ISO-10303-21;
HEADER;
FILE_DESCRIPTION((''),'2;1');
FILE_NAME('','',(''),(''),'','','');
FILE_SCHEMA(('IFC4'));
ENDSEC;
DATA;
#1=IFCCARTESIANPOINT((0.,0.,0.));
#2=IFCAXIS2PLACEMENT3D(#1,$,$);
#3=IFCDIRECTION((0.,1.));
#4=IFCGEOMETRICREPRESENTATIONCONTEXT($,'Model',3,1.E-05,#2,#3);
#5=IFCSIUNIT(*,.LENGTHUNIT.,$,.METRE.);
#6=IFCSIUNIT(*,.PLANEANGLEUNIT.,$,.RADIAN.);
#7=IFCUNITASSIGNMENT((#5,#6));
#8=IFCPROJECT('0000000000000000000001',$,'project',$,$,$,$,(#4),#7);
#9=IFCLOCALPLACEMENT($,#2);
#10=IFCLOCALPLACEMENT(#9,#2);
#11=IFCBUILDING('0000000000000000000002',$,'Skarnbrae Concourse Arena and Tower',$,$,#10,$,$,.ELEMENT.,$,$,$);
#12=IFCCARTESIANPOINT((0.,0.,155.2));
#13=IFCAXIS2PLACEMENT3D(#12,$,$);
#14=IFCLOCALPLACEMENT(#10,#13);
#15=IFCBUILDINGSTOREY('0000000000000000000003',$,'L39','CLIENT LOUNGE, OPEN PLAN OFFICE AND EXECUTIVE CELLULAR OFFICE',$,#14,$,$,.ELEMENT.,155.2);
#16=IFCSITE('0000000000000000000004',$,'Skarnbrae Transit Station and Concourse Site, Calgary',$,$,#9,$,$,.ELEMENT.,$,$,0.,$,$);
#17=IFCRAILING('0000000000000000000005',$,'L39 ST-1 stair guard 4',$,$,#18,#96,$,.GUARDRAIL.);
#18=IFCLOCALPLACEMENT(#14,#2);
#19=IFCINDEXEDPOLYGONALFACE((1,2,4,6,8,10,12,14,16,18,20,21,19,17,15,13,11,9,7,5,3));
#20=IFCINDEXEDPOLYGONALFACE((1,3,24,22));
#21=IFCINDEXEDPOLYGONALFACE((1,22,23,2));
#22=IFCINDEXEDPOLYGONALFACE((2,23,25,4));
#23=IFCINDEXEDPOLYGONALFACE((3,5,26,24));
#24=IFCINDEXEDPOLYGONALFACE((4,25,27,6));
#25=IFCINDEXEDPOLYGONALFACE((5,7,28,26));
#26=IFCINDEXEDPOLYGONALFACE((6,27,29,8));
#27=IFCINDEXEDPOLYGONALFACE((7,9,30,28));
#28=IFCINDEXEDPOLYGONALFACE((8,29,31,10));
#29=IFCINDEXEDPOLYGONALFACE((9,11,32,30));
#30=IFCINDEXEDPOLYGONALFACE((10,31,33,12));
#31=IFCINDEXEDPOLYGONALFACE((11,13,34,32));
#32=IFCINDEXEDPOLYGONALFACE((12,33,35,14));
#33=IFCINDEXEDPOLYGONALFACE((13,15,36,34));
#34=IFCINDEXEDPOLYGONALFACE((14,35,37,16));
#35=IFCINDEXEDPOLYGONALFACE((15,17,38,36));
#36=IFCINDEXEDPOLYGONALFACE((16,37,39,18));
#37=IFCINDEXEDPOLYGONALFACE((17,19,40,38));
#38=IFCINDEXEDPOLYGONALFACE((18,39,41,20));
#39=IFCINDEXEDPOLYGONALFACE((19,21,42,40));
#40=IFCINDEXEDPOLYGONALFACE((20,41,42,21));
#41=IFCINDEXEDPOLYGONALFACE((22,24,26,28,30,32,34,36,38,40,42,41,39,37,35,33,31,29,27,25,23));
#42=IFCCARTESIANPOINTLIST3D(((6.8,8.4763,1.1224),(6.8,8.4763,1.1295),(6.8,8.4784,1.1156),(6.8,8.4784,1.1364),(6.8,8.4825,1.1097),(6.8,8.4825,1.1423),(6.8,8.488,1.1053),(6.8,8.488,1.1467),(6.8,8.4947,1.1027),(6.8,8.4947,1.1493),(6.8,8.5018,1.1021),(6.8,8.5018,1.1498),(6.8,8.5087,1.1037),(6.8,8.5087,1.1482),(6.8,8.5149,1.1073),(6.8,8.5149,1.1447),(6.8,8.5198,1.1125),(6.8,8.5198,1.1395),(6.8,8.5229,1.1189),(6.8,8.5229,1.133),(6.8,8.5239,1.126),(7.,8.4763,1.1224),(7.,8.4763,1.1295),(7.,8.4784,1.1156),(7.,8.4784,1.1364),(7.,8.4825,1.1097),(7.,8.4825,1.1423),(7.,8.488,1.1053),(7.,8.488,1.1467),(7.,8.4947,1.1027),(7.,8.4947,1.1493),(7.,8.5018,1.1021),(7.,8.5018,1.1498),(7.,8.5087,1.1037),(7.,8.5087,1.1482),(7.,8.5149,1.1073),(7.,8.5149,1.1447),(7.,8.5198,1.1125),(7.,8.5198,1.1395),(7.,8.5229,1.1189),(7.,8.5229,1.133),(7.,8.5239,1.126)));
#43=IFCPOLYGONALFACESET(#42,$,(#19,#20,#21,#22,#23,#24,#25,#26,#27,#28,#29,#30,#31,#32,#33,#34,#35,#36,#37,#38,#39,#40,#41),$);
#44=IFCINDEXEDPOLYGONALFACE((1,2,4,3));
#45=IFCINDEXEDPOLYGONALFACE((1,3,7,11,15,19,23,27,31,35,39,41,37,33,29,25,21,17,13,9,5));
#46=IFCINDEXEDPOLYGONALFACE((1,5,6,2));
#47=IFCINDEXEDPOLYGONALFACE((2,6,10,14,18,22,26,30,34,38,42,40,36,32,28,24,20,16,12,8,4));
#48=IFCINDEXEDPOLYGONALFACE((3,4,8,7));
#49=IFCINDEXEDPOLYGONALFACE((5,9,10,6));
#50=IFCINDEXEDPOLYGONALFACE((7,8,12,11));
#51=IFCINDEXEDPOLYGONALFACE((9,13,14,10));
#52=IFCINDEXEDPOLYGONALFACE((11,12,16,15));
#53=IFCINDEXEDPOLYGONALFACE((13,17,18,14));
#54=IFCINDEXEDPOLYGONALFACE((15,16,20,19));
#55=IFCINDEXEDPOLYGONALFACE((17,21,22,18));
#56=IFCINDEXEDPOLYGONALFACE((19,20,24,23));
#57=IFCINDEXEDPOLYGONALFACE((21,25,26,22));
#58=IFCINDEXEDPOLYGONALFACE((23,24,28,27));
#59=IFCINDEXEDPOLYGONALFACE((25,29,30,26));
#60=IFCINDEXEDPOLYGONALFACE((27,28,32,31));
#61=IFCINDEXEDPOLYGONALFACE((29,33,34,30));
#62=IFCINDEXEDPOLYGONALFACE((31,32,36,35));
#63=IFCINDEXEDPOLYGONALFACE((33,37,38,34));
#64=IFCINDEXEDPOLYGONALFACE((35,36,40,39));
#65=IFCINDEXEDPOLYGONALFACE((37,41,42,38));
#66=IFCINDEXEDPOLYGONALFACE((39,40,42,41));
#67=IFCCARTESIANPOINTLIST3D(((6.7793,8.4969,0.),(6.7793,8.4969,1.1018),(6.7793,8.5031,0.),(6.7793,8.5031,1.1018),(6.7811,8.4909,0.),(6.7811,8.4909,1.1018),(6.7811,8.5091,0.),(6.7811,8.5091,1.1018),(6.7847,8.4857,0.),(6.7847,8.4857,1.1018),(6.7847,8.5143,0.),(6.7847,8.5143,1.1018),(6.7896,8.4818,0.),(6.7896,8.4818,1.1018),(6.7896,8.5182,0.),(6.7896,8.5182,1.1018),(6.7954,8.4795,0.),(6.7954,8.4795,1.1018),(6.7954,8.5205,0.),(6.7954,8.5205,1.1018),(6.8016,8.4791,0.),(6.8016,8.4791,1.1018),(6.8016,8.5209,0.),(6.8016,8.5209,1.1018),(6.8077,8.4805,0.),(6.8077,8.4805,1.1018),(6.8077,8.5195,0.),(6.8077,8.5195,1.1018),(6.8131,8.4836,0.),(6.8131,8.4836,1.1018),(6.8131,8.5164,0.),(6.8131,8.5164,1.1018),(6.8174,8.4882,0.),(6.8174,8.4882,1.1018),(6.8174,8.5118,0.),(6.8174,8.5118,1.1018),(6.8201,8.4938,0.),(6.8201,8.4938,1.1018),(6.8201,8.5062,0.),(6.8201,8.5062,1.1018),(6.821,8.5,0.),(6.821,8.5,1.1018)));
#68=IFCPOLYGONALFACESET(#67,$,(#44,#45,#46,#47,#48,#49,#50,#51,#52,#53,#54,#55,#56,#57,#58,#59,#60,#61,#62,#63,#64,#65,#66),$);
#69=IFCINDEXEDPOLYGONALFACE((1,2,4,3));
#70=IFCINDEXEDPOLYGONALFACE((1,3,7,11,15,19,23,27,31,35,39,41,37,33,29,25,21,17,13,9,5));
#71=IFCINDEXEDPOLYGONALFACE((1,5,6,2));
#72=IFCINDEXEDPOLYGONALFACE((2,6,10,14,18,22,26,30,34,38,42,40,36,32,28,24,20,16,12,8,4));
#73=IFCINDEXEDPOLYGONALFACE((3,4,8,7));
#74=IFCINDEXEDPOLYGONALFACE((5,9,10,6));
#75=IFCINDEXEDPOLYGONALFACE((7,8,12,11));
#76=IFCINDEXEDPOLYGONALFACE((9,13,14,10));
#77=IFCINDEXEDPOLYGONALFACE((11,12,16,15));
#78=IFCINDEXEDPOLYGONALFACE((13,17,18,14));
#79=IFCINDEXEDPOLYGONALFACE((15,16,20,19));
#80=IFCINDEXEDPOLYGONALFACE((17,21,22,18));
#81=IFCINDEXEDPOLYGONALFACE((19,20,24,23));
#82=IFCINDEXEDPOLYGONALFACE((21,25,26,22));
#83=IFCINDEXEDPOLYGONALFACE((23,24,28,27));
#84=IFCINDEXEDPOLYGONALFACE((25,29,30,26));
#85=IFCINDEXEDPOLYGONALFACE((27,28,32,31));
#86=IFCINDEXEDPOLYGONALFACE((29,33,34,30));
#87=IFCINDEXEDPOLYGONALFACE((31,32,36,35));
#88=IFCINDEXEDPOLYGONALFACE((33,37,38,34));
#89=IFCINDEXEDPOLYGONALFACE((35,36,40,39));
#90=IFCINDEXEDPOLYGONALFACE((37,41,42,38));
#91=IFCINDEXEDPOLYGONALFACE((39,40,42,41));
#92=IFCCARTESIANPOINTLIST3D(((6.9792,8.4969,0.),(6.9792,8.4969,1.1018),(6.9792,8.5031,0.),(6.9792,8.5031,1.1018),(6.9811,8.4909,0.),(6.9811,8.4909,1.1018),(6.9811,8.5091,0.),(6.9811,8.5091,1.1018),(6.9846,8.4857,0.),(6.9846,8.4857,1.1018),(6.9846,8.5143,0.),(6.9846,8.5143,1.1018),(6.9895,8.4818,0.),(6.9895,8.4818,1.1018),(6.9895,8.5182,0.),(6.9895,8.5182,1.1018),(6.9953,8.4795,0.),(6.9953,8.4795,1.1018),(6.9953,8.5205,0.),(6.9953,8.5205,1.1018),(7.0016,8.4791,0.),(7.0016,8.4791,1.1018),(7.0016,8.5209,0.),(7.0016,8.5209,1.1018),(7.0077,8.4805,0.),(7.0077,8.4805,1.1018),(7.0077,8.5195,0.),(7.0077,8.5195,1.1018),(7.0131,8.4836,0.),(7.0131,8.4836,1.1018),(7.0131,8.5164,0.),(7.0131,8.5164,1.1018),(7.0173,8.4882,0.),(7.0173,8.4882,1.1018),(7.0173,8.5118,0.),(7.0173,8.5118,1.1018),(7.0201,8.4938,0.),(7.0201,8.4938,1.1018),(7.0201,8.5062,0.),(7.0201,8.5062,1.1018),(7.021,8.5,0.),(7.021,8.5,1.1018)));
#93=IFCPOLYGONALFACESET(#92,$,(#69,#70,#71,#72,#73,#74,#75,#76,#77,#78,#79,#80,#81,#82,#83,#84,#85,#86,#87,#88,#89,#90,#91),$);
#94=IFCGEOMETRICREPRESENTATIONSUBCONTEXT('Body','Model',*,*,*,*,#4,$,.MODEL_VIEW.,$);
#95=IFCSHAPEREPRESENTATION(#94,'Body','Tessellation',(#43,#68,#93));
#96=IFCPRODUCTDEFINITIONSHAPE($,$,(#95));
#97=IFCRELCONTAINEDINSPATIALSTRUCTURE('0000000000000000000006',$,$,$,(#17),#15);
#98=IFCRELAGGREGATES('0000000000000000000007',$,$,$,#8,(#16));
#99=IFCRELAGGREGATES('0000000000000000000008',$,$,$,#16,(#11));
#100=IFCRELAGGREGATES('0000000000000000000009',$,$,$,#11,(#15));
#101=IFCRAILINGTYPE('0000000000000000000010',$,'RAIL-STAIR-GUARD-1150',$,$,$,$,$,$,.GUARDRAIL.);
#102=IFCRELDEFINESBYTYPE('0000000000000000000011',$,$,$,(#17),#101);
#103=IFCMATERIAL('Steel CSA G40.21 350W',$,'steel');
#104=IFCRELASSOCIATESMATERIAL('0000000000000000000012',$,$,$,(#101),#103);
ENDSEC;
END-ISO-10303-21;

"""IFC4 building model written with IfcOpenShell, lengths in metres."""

from ifc_helpers import new_model, si_unit, direction, frame, origin, origin_2d, place, context, subcontext, project, spatial, circle, extrude, material, type_object, element, save


model = new_model("IFC4")

# Units and contexts
model_context = context("Model", 3, precision=1e-05, world=origin(), true_north=direction((0.0, 1.0)))
body_context = subcontext(model_context, "Body", "Model", "MODEL_VIEW")
ifc_project = project(units=[si_unit("LENGTHUNIT", "METRE"), si_unit("PLANEANGLEUNIT", "RADIAN")], contexts=[model_context])

# Site, building, storey
site_placement = place(None, origin())
site = spatial("IfcSite", under=ifc_project, at=site_placement, Name="Skarnbrae Transit Station and Concourse Site, Calgary", CompositionType="ELEMENT", RefElevation=0.0)
building_placement = place(site_placement, origin())
building = spatial("IfcBuilding", under=site, at=building_placement, Name="Skarnbrae Concourse Arena and Tower", CompositionType="ELEMENT")
storey_placement = place(building_placement, frame((0.0, 0.0, 155.2)))
storey = spatial("IfcBuildingStorey", under=building, at=storey_placement, Name="L39", Description="CLIENT LOUNGE, OPEN PLAN OFFICE AND EXECUTIVE CELLULAR OFFICE", CompositionType="ELEMENT", Elevation=155.2)

# Railing
ifc_material_1 = material(Name="Steel CSA G40.21 350W", Category="steel")
railing_type_1 = type_object("IfcRailingType", Name="RAIL-STAIR-GUARD-1150", PredefinedType="GUARDRAIL", material=ifc_material_1)
railing_1_placement = place(storey_placement, frame((6.8, 8.5, 0.0)))
element("IfcRailing", 1, at=railing_1_placement, inside=storey, type_object=railing_type_1, Name="L39 ST-1 stair guard 4", PredefinedType="GUARDRAIL", context=body_context, shape_type="SweptSolid", body=[
    extrude(circle(Radius=0.0239, at=origin_2d()), frame((0.0, 0.0, 1.126), z_axis=(1.0, 0.0, 0.0), x_axis=(0.0, 1.0, 0.0)), (0.0, 0.0, 1.0), 0.2),
    extrude(circle(Radius=0.021, at=origin_2d()), origin(), (0.0, 0.0, 1.0), 1.1018),
    extrude(circle(Radius=0.021, at=origin_2d()), frame((0.2, 0.0, 0.0)), (0.0, 0.0, 1.0), 1.1018),
])

save(model, "model.ifc")
